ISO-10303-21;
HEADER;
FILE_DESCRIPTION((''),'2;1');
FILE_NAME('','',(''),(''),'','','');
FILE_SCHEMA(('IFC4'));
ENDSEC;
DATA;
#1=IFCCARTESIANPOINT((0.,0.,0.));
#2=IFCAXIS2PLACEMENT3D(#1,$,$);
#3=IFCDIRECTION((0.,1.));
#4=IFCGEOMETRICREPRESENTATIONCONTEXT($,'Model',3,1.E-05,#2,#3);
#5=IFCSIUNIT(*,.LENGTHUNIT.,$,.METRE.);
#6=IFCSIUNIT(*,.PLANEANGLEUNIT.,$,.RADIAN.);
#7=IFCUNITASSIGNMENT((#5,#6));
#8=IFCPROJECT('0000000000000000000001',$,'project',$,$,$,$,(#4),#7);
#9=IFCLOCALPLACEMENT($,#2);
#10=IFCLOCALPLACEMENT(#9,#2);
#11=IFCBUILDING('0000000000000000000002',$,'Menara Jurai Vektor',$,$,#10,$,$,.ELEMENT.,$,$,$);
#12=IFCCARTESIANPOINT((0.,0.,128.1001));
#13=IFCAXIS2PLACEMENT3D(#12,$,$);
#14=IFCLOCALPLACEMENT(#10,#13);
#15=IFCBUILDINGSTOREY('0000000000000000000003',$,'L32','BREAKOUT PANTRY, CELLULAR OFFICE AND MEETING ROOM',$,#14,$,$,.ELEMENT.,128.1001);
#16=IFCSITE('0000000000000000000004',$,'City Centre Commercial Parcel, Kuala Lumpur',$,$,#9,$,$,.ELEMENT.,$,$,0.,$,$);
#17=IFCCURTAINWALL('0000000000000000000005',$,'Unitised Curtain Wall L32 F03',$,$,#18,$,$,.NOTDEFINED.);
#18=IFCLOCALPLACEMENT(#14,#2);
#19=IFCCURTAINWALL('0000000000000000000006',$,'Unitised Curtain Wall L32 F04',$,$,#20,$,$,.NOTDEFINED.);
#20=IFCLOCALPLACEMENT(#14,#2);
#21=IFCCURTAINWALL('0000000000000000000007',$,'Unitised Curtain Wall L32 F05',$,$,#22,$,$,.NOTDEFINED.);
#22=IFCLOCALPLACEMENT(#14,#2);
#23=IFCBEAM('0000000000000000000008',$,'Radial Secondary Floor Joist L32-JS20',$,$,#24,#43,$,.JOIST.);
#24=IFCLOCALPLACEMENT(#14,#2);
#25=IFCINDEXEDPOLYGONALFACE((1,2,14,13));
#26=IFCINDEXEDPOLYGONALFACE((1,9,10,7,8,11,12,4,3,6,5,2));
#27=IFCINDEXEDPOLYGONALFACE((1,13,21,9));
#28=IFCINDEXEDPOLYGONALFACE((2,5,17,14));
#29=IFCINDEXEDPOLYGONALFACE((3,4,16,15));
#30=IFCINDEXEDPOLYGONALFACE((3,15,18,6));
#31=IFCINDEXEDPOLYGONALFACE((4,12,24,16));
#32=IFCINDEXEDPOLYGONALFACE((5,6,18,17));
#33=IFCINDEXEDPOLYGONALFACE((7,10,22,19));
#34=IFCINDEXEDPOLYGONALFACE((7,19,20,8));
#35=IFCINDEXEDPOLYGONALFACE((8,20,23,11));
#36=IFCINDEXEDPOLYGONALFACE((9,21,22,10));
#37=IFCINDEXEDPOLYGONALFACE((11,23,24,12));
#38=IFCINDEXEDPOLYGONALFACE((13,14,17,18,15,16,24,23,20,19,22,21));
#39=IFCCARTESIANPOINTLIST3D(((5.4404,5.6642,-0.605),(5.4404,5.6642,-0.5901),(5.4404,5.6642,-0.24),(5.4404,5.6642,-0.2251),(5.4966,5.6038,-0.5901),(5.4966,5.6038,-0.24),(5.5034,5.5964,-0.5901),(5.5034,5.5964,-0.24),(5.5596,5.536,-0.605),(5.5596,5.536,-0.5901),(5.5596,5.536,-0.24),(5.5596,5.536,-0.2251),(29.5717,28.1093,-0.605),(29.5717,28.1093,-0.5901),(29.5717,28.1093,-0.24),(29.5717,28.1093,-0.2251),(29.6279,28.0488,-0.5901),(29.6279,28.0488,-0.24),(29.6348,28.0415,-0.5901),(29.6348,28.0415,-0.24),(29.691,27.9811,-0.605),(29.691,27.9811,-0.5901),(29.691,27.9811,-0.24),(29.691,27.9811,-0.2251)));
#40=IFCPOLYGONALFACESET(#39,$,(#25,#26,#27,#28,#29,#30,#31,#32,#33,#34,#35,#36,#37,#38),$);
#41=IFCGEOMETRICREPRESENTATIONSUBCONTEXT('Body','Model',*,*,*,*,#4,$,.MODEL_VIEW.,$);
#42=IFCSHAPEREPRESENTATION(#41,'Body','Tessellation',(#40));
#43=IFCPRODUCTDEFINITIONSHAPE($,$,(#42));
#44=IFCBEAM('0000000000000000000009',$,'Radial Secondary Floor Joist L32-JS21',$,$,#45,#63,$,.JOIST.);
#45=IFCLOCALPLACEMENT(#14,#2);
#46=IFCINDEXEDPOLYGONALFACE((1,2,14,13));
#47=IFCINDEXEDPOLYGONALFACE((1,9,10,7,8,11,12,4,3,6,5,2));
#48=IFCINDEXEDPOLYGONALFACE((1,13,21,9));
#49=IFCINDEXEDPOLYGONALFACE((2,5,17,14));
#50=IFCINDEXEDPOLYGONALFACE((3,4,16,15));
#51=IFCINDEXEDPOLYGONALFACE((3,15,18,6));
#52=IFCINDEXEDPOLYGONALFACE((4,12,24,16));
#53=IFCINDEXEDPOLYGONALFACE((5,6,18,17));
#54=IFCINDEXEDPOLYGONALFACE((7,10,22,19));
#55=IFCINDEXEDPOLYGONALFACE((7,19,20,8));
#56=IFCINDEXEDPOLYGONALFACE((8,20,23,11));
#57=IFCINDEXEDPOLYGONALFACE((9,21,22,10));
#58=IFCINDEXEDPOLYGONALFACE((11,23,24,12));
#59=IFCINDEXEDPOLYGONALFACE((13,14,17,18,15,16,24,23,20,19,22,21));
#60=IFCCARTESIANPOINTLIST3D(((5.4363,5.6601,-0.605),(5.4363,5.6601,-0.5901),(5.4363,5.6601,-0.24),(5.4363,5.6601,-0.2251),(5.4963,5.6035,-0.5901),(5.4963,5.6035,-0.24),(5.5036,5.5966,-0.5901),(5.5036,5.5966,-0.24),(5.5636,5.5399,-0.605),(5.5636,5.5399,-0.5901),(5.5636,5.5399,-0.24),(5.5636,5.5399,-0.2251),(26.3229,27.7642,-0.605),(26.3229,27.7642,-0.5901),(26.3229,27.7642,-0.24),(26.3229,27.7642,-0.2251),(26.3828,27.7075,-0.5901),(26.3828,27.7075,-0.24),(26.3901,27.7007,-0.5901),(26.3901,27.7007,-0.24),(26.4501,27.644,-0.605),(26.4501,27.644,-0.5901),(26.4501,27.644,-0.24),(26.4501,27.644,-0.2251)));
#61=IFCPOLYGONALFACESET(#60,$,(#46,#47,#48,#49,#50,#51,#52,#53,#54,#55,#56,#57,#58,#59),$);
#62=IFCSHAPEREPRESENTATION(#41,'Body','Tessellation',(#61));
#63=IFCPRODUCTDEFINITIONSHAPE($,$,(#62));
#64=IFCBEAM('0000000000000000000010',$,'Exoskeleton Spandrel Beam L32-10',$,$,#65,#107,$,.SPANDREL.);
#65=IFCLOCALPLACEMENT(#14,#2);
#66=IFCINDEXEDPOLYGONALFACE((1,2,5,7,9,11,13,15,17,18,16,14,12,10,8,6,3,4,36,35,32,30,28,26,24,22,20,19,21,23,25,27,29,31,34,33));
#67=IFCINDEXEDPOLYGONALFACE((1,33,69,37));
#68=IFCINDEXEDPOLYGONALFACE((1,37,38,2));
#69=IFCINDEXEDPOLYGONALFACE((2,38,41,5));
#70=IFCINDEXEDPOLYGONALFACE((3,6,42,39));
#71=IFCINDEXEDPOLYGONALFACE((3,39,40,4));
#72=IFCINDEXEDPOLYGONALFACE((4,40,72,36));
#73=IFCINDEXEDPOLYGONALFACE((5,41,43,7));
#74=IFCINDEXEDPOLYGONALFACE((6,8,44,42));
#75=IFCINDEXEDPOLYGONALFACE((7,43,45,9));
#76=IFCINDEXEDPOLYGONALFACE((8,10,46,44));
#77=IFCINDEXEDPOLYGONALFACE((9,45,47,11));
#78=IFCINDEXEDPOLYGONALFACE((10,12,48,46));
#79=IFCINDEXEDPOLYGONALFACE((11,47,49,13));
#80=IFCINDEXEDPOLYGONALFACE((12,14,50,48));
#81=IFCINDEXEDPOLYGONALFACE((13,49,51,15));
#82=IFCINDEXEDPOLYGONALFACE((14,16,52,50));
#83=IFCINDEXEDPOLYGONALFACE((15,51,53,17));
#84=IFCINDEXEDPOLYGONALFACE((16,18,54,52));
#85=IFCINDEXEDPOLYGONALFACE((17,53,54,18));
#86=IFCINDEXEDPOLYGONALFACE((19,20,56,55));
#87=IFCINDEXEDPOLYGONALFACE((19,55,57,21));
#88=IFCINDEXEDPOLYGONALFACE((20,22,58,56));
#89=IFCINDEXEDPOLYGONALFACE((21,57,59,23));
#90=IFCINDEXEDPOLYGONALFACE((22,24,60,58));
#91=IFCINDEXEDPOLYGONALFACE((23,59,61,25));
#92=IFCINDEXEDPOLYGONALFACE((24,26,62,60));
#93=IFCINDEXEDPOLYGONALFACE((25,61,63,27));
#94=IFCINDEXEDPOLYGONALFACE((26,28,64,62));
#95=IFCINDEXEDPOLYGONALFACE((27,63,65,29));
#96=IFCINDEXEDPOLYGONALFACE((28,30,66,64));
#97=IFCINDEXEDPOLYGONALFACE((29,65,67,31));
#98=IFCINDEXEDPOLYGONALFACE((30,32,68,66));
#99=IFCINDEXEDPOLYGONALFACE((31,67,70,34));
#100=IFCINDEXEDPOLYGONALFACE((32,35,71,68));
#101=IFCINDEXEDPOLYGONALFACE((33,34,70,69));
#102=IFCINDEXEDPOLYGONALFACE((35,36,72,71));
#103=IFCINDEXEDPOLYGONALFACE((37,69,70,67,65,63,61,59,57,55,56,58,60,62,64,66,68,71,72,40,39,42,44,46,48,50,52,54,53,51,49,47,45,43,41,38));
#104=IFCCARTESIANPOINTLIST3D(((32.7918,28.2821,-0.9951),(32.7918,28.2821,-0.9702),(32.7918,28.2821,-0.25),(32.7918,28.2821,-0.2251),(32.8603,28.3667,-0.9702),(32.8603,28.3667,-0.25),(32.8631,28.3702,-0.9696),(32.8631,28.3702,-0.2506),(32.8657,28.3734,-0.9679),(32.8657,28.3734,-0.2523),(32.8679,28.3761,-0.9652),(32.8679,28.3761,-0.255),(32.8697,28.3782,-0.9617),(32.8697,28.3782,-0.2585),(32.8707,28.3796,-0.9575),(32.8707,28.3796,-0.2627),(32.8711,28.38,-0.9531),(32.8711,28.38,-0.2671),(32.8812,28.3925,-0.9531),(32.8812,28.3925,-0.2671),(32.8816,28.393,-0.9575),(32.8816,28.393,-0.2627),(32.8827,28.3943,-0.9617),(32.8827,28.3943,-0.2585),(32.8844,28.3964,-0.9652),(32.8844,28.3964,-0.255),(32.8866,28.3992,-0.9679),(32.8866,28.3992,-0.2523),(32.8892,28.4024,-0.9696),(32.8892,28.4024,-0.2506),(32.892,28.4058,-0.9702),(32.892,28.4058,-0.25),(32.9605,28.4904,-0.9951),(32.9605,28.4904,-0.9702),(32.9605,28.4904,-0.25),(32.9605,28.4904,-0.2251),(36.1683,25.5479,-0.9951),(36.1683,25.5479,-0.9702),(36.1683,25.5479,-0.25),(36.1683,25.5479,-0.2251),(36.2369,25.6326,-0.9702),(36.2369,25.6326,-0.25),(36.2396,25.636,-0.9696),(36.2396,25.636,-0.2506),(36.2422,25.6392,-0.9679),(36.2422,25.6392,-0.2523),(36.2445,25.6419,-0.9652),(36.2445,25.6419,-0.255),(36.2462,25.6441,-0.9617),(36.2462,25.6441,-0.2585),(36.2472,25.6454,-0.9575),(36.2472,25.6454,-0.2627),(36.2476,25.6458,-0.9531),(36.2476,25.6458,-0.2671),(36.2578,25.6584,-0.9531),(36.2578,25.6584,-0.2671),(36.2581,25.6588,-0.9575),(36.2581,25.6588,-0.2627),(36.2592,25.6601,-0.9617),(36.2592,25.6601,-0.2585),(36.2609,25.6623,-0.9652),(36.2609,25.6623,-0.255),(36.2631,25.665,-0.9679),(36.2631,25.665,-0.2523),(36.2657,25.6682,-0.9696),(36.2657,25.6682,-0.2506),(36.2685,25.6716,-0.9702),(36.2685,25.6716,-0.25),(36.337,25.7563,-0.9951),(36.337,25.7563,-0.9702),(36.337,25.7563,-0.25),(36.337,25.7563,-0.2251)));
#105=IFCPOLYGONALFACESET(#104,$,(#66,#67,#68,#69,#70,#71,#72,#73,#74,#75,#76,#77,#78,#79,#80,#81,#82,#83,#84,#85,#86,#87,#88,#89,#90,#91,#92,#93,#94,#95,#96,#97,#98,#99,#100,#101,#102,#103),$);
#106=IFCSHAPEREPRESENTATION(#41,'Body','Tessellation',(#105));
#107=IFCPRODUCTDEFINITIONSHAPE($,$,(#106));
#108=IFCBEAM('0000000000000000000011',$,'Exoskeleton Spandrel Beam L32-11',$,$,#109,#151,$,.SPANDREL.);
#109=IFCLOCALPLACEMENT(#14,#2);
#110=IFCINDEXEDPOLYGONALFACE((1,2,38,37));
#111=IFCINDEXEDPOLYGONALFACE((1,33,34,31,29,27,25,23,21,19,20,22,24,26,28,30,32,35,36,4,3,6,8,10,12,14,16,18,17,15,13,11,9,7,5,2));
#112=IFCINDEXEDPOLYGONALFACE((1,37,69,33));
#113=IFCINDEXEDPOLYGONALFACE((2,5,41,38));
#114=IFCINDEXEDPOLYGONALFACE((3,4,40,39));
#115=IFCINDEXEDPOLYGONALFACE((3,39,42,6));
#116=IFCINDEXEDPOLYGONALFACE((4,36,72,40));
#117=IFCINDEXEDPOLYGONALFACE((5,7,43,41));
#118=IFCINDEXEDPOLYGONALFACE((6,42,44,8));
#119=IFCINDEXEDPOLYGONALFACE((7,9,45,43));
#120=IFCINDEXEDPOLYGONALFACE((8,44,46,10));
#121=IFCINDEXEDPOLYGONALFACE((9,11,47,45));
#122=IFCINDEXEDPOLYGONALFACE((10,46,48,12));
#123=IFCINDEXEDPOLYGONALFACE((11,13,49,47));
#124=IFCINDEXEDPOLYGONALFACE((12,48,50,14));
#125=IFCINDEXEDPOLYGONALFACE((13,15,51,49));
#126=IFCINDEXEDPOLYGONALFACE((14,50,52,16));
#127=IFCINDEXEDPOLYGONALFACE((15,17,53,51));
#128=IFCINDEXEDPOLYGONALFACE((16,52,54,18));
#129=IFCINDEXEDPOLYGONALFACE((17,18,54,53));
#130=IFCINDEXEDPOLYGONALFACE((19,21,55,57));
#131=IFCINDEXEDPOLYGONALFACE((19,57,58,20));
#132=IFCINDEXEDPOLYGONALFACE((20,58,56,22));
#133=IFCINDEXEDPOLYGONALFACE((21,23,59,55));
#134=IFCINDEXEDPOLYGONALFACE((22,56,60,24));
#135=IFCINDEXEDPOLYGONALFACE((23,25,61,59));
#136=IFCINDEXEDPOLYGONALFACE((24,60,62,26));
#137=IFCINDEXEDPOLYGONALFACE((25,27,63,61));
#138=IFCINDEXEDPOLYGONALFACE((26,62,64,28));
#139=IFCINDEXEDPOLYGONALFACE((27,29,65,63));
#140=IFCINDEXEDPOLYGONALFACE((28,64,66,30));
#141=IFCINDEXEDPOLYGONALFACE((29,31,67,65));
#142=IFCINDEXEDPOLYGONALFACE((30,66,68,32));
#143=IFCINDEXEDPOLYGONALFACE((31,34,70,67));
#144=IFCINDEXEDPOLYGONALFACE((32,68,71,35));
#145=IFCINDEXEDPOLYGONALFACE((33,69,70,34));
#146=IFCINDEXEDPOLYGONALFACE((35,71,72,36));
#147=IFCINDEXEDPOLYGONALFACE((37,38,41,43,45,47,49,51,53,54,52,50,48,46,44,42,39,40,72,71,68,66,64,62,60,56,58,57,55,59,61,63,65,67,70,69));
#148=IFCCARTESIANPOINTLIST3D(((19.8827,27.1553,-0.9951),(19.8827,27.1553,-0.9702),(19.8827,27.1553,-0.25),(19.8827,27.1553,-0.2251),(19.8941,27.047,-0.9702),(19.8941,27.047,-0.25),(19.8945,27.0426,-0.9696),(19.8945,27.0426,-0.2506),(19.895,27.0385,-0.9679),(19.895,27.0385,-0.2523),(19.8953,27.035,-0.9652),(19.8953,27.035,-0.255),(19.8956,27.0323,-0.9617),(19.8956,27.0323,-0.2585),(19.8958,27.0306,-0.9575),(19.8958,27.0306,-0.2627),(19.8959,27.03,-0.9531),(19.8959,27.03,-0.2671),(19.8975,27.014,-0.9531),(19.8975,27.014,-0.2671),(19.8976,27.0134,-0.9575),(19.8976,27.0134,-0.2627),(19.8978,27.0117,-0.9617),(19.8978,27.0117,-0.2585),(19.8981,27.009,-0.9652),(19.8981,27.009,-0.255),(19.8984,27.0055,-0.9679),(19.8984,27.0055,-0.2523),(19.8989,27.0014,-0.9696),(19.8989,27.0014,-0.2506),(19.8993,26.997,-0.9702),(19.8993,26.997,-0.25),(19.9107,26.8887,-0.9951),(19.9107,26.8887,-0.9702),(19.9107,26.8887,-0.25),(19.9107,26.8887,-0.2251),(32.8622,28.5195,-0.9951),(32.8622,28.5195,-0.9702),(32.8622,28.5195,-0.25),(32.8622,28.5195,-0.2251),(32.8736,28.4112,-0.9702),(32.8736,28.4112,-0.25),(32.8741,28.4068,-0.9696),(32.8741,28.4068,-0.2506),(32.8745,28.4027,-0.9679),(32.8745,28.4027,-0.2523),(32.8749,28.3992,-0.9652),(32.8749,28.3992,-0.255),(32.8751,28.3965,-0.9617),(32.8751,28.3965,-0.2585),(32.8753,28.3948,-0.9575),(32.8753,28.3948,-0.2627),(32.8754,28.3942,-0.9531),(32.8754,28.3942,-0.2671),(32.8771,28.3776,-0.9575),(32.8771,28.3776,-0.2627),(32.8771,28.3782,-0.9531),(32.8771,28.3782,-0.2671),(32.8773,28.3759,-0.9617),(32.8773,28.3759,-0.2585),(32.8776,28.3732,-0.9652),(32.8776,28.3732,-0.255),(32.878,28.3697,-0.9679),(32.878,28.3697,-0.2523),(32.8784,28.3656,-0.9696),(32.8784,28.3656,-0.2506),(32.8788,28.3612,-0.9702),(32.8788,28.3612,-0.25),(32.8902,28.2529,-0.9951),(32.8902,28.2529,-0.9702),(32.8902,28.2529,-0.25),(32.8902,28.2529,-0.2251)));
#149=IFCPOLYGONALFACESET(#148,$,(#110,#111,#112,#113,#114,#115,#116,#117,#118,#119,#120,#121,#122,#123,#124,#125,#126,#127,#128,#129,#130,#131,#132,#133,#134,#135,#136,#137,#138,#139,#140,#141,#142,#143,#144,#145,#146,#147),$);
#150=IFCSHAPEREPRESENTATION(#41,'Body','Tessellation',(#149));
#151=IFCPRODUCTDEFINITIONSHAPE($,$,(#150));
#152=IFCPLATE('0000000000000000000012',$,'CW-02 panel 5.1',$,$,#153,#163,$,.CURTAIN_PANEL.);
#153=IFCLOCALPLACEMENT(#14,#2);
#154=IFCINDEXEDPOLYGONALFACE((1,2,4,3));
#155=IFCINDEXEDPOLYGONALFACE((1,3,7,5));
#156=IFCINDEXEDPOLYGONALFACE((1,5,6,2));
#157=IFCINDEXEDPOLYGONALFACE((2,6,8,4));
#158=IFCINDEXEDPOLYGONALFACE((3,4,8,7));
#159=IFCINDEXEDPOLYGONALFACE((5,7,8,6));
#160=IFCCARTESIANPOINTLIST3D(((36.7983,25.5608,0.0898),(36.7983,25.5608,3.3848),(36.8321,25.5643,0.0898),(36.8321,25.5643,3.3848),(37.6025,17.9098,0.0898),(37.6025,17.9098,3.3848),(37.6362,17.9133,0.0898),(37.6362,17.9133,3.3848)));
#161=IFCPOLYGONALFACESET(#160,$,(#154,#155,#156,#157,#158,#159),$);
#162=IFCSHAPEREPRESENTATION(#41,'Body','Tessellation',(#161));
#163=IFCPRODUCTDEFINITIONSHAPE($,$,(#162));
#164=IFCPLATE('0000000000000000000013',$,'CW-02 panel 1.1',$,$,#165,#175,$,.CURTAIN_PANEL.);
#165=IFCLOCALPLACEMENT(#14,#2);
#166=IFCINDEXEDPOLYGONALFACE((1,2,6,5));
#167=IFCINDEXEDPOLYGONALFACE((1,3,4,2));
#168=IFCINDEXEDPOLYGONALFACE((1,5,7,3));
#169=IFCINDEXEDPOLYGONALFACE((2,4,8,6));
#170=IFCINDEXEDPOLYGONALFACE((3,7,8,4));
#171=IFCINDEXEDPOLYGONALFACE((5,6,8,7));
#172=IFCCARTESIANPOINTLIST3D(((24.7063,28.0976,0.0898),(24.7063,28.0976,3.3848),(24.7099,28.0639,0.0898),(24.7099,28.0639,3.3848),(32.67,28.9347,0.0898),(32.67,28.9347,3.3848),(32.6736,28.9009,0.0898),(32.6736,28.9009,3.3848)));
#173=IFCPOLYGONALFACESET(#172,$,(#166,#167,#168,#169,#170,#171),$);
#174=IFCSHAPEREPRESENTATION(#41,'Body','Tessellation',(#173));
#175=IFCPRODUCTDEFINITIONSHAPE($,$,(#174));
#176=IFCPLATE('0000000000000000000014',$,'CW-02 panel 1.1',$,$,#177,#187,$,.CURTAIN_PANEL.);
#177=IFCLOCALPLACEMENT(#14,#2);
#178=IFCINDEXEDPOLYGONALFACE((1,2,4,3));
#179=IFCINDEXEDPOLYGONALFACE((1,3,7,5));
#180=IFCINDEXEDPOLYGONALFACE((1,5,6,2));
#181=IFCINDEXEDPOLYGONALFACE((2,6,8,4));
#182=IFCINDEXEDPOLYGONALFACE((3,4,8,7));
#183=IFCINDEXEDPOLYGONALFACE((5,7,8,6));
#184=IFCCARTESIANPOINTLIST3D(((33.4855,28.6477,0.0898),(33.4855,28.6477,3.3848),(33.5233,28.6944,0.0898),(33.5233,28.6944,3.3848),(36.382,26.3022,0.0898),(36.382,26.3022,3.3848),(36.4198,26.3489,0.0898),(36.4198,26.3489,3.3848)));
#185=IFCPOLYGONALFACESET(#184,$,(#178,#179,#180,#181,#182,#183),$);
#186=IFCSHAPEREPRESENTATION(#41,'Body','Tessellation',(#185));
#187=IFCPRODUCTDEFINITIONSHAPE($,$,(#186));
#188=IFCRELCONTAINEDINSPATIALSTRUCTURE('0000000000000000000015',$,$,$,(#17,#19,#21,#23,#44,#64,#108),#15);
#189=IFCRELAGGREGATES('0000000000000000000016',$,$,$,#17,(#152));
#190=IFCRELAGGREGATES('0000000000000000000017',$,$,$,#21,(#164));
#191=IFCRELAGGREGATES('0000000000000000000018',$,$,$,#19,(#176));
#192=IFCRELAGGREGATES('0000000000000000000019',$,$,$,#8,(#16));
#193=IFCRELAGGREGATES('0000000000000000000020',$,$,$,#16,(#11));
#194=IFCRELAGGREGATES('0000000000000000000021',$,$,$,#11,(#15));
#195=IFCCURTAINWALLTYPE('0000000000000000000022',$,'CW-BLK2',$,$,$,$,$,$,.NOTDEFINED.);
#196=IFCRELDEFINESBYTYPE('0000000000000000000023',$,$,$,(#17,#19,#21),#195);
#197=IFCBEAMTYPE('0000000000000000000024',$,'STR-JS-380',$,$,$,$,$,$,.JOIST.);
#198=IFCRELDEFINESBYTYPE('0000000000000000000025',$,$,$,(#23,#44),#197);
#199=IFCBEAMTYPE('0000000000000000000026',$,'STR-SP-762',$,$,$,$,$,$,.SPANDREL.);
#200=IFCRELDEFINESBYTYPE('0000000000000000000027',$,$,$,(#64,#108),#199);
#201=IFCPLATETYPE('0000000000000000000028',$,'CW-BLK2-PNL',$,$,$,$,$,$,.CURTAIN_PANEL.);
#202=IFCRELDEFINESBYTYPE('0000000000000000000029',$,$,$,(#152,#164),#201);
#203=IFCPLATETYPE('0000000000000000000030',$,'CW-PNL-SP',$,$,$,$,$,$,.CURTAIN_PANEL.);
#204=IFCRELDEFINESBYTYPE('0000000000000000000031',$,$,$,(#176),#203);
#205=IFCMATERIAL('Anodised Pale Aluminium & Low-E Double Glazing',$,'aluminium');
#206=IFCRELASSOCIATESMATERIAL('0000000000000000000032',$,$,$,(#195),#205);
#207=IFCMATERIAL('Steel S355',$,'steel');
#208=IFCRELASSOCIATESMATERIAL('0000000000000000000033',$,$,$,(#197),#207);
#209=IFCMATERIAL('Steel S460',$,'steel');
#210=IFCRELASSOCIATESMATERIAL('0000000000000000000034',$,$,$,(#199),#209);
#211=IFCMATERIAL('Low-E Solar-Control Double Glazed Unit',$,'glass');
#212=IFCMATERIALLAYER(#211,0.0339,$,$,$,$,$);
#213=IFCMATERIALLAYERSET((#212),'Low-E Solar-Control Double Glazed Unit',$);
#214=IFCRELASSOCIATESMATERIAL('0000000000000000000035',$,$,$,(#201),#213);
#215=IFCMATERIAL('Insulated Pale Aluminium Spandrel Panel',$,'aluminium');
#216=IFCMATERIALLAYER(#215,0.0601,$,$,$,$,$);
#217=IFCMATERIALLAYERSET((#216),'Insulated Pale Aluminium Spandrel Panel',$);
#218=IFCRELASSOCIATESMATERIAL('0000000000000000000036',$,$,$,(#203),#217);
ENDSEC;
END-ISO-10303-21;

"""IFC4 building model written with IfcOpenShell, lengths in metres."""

from ifc_helpers import new_model, si_unit, direction, frame, origin, origin_2d, place, context, subcontext, project, spatial, rectangle, i_section, extrude, material, layer, layer_set, material_profile, profile_set, type_object, element, aggregate, save


model = new_model("IFC4")

# Units and contexts
model_context = context("Model", 3, precision=1e-05, world=origin(), true_north=direction((0.0, 1.0)))
body_context = subcontext(model_context, "Body", "Model", "MODEL_VIEW")
ifc_project = project(units=[si_unit("LENGTHUNIT", "METRE"), si_unit("PLANEANGLEUNIT", "RADIAN")], contexts=[model_context])

# Site, building, storey
site_placement = place(None, origin())
site = spatial("IfcSite", under=ifc_project, at=site_placement, Name="City Centre Commercial Parcel, Kuala Lumpur", CompositionType="ELEMENT", RefElevation=0.0)
building_placement = place(site_placement, origin())
building = spatial("IfcBuilding", under=site, at=building_placement, Name="Menara Jurai Vektor", CompositionType="ELEMENT")
storey_placement = place(building_placement, frame((0.0, 0.0, 128.1001)))
storey = spatial("IfcBuildingStorey", under=building, at=storey_placement, Name="L32", Description="BREAKOUT PANTRY, CELLULAR OFFICE AND MEETING ROOM", CompositionType="ELEMENT", Elevation=128.1001)

# Shared definitions
ifc_material_1 = material(Name="Steel S460", Category="steel")

# Curtain wall
ifc_material_2 = material(Name="Anodised Pale Aluminium & Low-E Double Glazing", Category="aluminium")
curtain_wall_type = type_object("IfcCurtainWallType", Name="CW-BLK2", PredefinedType="NOTDEFINED", material=ifc_material_2)
curtain_wall_1_placement = place(storey_placement, origin())
curtain_wall_1 = element("IfcCurtainWall", 1, at=curtain_wall_1_placement, inside=storey, type_object=curtain_wall_type, Name="Unitised Curtain Wall L32 F03", PredefinedType="NOTDEFINED")

# Curtain walls
curtain_wall_2_placement = place(storey_placement, origin())
curtain_wall_2 = element("IfcCurtainWall", 2, at=curtain_wall_2_placement, inside=storey, type_object=curtain_wall_type, Name="Unitised Curtain Wall L32 F04", PredefinedType="NOTDEFINED")
curtain_wall_3_placement = place(storey_placement, origin())
curtain_wall_3 = element("IfcCurtainWall", 3, at=curtain_wall_3_placement, inside=storey, type_object=curtain_wall_type, Name="Unitised Curtain Wall L32 F05", PredefinedType="NOTDEFINED")

# Shared definitions
ifc_material_3 = material(Name="Steel S355", Category="steel")

# Beams
ifc_material_profile_1 = material_profile(ifc_material_3, i_section(OverallWidth=0.175, OverallDepth=0.3799, WebThickness=0.01, FlangeThickness=0.0149, at=origin_2d()), Name="PG 380x175x58")
ifc_profile_set_1 = profile_set([ifc_material_profile_1], Name="Steel S355")
beam_type_1 = type_object("IfcBeamType", Name="STR-JS-380", PredefinedType="JOIST", material=ifc_profile_set_1)
beam_1_placement = place(storey_placement, frame((29.6313, 28.0452, -0.415), z_axis=(-0.732228, -0.68106, 0.0), x_axis=(0.68106, -0.732228, 0.0)))
element("IfcBeam", 4, at=beam_1_placement, inside=storey, type_object=beam_type_1, Name="Radial Secondary Floor Joist L32-JS20", PredefinedType="JOIST", context=body_context, shape_type="SweptSolid", body=[
    extrude(i_section(OverallWidth=0.175, OverallDepth=0.3799, WebThickness=0.01, FlangeThickness=0.0149, at=origin_2d()), origin(), (0.0, 0.0, 1.0), 32.9561),
])
beam_2_placement = place(storey_placement, frame((26.3865, 27.7041, -0.415), z_axis=(-0.686805, -0.726841, 0.0), x_axis=(0.726841, -0.686805, 0.0)))
element("IfcBeam", 5, at=beam_2_placement, inside=storey, type_object=beam_type_1, Name="Radial Secondary Floor Joist L32-JS21", PredefinedType="JOIST", context=body_context, shape_type="SweptSolid", body=[
    extrude(i_section(OverallWidth=0.175, OverallDepth=0.3799, WebThickness=0.01, FlangeThickness=0.0149, at=origin_2d()), origin(), (0.0, 0.0, 1.0), 30.4111),
])
ifc_material_profile_2 = material_profile(ifc_material_1, i_section(OverallWidth=0.2681, OverallDepth=0.77, WebThickness=0.0161, FlangeThickness=0.0249, FilletRadius=0.0171, at=origin_2d()), Name="UKB 762x267x197")
ifc_profile_set_2 = profile_set([ifc_material_profile_2], Name="Steel S460")
beam_type_2 = type_object("IfcBeamType", Name="STR-SP-762", PredefinedType="SPANDREL", material=ifc_profile_set_2)
beam_3_placement = place(storey_placement, frame((36.2527, 25.6521, -0.6101), z_axis=(-0.777155, 0.62931, 0.0), x_axis=(-0.62931, -0.777155, 0.0)))
element("IfcBeam", 6, at=beam_3_placement, inside=storey, type_object=beam_type_2, Name="Exoskeleton Spandrel Beam L32-10", PredefinedType="SPANDREL", context=body_context, shape_type="SweptSolid", body=[
    extrude(i_section(OverallWidth=0.2681, OverallDepth=0.77, WebThickness=0.0161, FlangeThickness=0.0249, FilletRadius=0.0171, at=origin_2d()), origin(), (0.0, 0.0, 1.0), 4.3447),
])
beam_4_placement = place(storey_placement, frame((32.8762, 28.3862, -0.6101), z_axis=(-0.994521, -0.104533, 0.0), x_axis=(0.104533, -0.994521, 0.0)))
element("IfcBeam", 7, at=beam_4_placement, inside=storey, type_object=beam_type_2, Name="Exoskeleton Spandrel Beam L32-11", PredefinedType="SPANDREL", context=body_context, shape_type="SweptSolid", body=[
    extrude(i_section(OverallWidth=0.2681, OverallDepth=0.77, WebThickness=0.0161, FlangeThickness=0.0249, FilletRadius=0.0171, at=origin_2d()), origin(), (0.0, 0.0, 1.0), 13.051),
])

# Plates
ifc_material_4 = material(Name="Low-E Solar-Control Double Glazed Unit", Category="glass")
ifc_layer_1 = layer(ifc_material_4, 0.0339)
ifc_layer_set_1 = layer_set([ifc_layer_1], Name="Low-E Solar-Control Double Glazed Unit")
plate_type_1 = type_object("IfcPlateType", Name="CW-BLK2-PNL", PredefinedType="CURTAIN_PANEL", material=ifc_layer_set_1)
plate_1_placement = place(storey_placement, frame((37.2173, 21.7371, 0.0898), z_axis=(0.0, 0.0, 1.0), x_axis=(-0.10453, 0.994522, 0.0)))
plate_1 = element("IfcPlate", 8, at=plate_1_placement, type_object=plate_type_1, Name="CW-02 panel 5.1", PredefinedType="CURTAIN_PANEL", context=body_context, shape_type="SweptSolid", body=[
    extrude(rectangle(XDim=7.6931, YDim=0.0339, at=origin_2d()), origin(), (0.0, 0.0, 1.0), 3.2949),
])
aggregate(curtain_wall_1, [plate_1])
plate_2_placement = place(storey_placement, frame((28.6899, 28.4993, 0.0898), z_axis=(0.0, 0.0, 1.0), x_axis=(-0.994522, -0.104529, 0.0)))
plate_2 = element("IfcPlate", 9, at=plate_2_placement, type_object=plate_type_1, Name="CW-02 panel 1.1", PredefinedType="CURTAIN_PANEL", context=body_context, shape_type="SweptSolid", body=[
    extrude(rectangle(XDim=8.0076, YDim=0.0339, at=origin_2d()), origin(), (0.0, 0.0, 1.0), 3.2949),
])
aggregate(curtain_wall_3, [plate_2])
ifc_material_5 = material(Name="Insulated Pale Aluminium Spandrel Panel", Category="aluminium")
ifc_layer_2 = layer(ifc_material_5, 0.0601)
ifc_layer_set_2 = layer_set([ifc_layer_2], Name="Insulated Pale Aluminium Spandrel Panel")
plate_type_2 = type_object("IfcPlateType", Name="CW-PNL-SP", PredefinedType="CURTAIN_PANEL", material=ifc_layer_set_2)
plate_3_placement = place(storey_placement, frame((34.9526, 27.4983, 0.0898), z_axis=(0.0, 0.0, 1.0), x_axis=(-0.777152, 0.629313, 0.0)))
plate_3 = element("IfcPlate", 10, at=plate_3_placement, type_object=plate_type_2, Name="CW-02 panel 1.1", PredefinedType="CURTAIN_PANEL", context=body_context, shape_type="SweptSolid", body=[
    extrude(rectangle(XDim=3.7271, YDim=0.0601, at=origin_2d()), origin(), (0.0, 0.0, 1.0), 3.2949),
])
aggregate(curtain_wall_2, [plate_3])

save(model, "model.ifc")
